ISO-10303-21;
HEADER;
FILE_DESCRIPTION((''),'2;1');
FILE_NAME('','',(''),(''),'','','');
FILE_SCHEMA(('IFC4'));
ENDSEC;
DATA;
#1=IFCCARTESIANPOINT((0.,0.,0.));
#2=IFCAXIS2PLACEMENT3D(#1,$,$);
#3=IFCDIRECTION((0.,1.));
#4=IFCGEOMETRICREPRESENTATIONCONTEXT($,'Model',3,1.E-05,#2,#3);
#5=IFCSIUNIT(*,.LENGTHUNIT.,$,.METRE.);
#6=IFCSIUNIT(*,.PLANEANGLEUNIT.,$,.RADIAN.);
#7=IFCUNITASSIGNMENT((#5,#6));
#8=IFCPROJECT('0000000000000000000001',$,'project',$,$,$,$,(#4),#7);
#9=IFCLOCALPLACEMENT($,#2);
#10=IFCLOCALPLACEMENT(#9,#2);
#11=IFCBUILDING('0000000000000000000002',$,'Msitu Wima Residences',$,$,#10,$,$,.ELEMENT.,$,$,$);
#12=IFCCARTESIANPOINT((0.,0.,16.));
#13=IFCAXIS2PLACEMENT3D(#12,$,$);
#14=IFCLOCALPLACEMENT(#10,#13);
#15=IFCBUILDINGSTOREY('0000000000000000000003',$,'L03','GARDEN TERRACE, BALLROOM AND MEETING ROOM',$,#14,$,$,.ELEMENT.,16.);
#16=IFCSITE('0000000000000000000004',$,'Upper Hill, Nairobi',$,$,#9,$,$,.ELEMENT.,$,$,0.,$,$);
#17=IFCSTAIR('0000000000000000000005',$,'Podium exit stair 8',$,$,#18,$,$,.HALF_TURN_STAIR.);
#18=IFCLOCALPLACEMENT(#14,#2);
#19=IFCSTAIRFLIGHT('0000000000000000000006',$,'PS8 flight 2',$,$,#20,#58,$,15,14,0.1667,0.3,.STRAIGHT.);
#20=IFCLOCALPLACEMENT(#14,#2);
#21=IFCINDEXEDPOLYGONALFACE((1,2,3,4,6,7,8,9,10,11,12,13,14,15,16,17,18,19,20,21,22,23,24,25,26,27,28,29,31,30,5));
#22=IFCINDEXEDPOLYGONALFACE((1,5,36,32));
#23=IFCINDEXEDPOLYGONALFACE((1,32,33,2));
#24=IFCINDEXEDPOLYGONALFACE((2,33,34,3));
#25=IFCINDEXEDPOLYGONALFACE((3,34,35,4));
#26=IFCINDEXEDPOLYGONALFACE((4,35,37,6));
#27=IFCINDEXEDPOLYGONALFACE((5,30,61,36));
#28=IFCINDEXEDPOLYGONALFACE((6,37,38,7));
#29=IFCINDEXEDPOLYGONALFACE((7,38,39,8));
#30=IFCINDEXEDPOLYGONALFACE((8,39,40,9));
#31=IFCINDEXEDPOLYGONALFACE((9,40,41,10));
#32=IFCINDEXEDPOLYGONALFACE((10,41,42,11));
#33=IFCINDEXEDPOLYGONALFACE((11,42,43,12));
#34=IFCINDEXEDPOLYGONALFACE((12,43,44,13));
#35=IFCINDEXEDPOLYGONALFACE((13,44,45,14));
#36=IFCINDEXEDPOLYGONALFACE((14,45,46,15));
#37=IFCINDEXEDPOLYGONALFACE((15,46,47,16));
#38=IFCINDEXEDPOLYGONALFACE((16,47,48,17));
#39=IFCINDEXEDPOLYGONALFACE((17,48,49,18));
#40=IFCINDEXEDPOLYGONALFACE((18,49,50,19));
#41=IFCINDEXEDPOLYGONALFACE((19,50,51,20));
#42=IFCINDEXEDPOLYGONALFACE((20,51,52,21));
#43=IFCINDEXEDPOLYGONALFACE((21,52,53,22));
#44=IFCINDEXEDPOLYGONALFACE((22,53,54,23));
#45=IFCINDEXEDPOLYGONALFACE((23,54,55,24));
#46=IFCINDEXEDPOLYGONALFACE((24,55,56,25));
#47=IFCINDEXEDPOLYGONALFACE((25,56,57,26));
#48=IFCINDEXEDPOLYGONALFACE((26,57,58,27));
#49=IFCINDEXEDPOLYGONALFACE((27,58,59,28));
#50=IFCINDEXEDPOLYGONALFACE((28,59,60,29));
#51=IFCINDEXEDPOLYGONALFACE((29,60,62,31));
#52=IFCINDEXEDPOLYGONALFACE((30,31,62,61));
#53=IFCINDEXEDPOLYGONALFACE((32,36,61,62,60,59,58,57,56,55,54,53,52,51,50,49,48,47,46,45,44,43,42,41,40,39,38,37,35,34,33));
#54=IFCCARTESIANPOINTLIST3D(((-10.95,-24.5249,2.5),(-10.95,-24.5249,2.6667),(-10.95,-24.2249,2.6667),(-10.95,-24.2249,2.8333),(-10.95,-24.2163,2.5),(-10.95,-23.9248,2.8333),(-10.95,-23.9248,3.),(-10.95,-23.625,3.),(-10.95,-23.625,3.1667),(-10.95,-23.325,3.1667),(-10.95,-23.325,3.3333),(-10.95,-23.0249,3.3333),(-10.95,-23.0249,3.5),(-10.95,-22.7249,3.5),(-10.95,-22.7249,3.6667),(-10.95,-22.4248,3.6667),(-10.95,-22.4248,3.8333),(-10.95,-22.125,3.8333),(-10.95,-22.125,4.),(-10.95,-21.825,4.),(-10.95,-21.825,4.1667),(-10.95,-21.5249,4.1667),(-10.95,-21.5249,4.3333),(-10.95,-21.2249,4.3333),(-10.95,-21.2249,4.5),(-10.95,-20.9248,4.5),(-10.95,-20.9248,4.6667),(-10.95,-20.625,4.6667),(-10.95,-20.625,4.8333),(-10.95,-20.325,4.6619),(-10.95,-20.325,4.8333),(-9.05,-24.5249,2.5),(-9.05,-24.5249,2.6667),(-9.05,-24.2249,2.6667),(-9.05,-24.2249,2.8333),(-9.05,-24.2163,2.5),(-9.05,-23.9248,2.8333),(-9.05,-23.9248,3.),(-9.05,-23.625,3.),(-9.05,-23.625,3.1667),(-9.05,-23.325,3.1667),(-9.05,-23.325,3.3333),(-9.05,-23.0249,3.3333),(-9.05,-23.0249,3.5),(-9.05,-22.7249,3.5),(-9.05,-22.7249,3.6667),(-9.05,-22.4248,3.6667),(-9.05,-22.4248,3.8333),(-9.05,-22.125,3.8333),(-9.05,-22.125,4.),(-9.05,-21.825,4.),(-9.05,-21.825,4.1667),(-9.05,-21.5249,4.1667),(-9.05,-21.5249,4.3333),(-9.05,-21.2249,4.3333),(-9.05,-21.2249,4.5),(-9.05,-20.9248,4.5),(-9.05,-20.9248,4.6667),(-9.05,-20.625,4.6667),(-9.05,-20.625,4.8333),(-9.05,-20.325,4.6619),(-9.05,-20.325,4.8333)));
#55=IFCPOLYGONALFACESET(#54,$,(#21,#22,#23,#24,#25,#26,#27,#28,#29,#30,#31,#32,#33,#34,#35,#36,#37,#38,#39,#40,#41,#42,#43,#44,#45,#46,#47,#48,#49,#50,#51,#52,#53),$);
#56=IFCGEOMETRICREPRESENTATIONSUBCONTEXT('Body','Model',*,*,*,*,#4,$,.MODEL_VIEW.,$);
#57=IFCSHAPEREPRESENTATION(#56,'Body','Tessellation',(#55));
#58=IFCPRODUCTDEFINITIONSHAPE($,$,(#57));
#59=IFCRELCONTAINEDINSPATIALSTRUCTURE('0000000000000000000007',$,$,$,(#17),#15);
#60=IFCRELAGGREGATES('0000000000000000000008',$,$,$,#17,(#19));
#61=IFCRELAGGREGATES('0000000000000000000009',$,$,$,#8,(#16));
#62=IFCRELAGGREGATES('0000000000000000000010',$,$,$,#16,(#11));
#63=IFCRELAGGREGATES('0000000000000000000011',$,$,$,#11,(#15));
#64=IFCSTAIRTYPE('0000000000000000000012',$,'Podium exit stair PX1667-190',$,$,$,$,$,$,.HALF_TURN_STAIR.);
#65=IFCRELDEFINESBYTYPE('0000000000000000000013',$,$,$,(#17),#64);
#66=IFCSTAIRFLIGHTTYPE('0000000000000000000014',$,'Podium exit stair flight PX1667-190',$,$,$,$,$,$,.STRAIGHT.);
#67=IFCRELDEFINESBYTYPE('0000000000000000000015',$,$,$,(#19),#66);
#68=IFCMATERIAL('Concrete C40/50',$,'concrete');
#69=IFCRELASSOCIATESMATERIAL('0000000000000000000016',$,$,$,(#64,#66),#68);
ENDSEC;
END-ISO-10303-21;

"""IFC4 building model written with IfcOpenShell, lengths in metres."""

from ifc_helpers import new_model, si_unit, direction, frame, origin, place, context, subcontext, project, spatial, polyline, outline, extrude, material, type_object, element, aggregate, save


model = new_model("IFC4")

# Units and contexts
model_context = context("Model", 3, precision=1e-05, world=origin(), true_north=direction((0.0, 1.0)))
body_context = subcontext(model_context, "Body", "Model", "MODEL_VIEW")
ifc_project = project(units=[si_unit("LENGTHUNIT", "METRE"), si_unit("PLANEANGLEUNIT", "RADIAN")], contexts=[model_context])

# Site, building, storey
site_placement = place(None, origin())
site = spatial("IfcSite", under=ifc_project, at=site_placement, Name="Upper Hill, Nairobi", CompositionType="ELEMENT", RefElevation=0.0)
building_placement = place(site_placement, origin())
building = spatial("IfcBuilding", under=site, at=building_placement, Name="Msitu Wima Residences", CompositionType="ELEMENT")
storey_placement = place(building_placement, frame((0.0, 0.0, 16.0)))
storey = spatial("IfcBuildingStorey", under=building, at=storey_placement, Name="L03", Description="GARDEN TERRACE, BALLROOM AND MEETING ROOM", CompositionType="ELEMENT", Elevation=16.0)

# Shared definitions
ifc_material_1 = material(Name="Concrete C40/50", Category="concrete")

# Stair, stair flight
stair_type = type_object("IfcStairType", Name="Podium exit stair PX1667-190", PredefinedType="HALF_TURN_STAIR", material=ifc_material_1)
stair_placement = place(storey_placement, origin())
stair = element("IfcStair", 1, at=stair_placement, inside=storey, type_object=stair_type, Name="Podium exit stair 8", PredefinedType="HALF_TURN_STAIR")
stair_flight_type = type_object("IfcStairFlightType", Name="Podium exit stair flight PX1667-190", PredefinedType="STRAIGHT", material=ifc_material_1)
stair_flight_1_placement = place(storey_placement, frame((-10.0, -24.5249, 2.5), z_axis=(0.0, 0.0, 1.0), x_axis=(0.0, 1.0, 0.0)))
stair_flight_1 = element("IfcStairFlight", 2, at=stair_flight_1_placement, type_object=stair_flight_type, Name="PS8 flight 2", NumberOfRisers=15, NumberOfTreads=14, PredefinedType="STRAIGHT", RiserHeight=0.1667, TreadLength=0.3, context=body_context, shape_type="SweptSolid", body=[
    extrude(outline(polyline([(0.0, 0.0), (0.0, 0.1667), (0.3, 0.1667), (0.3, 0.3333), (0.6001, 0.3333), (0.6001, 0.5), (0.8999, 0.5), (0.8999, 0.6667), (1.2, 0.6667), (1.2, 0.8333), (1.5, 0.8333), (1.5, 1.0), (1.8, 1.0), (1.8, 1.1667), (2.1001, 1.1667), (2.1001, 1.3333), (2.3999, 1.3333), (2.3999, 1.5), (2.7, 1.5), (2.7, 1.6667), (3.0, 1.6667), (3.0, 1.8333), (3.3, 1.8333), (3.3, 2.0), (3.6001, 2.0), (3.6001, 2.1667), (3.8999, 2.1667), (3.8999, 2.3333), (4.2, 2.3333), (4.2, 2.5), (4.2, 2.1619), (0.3086, 0.0), (0.0, 0.0)])), frame((0.0, 0.95, 0.0), z_axis=(0.0, -1.0, 0.0), x_axis=(1.0, 0.0, 0.0)), (0.0, 0.0, 1.0), 1.8999),
])
aggregate(stair, [stair_flight_1])

save(model, "model.ifc")
